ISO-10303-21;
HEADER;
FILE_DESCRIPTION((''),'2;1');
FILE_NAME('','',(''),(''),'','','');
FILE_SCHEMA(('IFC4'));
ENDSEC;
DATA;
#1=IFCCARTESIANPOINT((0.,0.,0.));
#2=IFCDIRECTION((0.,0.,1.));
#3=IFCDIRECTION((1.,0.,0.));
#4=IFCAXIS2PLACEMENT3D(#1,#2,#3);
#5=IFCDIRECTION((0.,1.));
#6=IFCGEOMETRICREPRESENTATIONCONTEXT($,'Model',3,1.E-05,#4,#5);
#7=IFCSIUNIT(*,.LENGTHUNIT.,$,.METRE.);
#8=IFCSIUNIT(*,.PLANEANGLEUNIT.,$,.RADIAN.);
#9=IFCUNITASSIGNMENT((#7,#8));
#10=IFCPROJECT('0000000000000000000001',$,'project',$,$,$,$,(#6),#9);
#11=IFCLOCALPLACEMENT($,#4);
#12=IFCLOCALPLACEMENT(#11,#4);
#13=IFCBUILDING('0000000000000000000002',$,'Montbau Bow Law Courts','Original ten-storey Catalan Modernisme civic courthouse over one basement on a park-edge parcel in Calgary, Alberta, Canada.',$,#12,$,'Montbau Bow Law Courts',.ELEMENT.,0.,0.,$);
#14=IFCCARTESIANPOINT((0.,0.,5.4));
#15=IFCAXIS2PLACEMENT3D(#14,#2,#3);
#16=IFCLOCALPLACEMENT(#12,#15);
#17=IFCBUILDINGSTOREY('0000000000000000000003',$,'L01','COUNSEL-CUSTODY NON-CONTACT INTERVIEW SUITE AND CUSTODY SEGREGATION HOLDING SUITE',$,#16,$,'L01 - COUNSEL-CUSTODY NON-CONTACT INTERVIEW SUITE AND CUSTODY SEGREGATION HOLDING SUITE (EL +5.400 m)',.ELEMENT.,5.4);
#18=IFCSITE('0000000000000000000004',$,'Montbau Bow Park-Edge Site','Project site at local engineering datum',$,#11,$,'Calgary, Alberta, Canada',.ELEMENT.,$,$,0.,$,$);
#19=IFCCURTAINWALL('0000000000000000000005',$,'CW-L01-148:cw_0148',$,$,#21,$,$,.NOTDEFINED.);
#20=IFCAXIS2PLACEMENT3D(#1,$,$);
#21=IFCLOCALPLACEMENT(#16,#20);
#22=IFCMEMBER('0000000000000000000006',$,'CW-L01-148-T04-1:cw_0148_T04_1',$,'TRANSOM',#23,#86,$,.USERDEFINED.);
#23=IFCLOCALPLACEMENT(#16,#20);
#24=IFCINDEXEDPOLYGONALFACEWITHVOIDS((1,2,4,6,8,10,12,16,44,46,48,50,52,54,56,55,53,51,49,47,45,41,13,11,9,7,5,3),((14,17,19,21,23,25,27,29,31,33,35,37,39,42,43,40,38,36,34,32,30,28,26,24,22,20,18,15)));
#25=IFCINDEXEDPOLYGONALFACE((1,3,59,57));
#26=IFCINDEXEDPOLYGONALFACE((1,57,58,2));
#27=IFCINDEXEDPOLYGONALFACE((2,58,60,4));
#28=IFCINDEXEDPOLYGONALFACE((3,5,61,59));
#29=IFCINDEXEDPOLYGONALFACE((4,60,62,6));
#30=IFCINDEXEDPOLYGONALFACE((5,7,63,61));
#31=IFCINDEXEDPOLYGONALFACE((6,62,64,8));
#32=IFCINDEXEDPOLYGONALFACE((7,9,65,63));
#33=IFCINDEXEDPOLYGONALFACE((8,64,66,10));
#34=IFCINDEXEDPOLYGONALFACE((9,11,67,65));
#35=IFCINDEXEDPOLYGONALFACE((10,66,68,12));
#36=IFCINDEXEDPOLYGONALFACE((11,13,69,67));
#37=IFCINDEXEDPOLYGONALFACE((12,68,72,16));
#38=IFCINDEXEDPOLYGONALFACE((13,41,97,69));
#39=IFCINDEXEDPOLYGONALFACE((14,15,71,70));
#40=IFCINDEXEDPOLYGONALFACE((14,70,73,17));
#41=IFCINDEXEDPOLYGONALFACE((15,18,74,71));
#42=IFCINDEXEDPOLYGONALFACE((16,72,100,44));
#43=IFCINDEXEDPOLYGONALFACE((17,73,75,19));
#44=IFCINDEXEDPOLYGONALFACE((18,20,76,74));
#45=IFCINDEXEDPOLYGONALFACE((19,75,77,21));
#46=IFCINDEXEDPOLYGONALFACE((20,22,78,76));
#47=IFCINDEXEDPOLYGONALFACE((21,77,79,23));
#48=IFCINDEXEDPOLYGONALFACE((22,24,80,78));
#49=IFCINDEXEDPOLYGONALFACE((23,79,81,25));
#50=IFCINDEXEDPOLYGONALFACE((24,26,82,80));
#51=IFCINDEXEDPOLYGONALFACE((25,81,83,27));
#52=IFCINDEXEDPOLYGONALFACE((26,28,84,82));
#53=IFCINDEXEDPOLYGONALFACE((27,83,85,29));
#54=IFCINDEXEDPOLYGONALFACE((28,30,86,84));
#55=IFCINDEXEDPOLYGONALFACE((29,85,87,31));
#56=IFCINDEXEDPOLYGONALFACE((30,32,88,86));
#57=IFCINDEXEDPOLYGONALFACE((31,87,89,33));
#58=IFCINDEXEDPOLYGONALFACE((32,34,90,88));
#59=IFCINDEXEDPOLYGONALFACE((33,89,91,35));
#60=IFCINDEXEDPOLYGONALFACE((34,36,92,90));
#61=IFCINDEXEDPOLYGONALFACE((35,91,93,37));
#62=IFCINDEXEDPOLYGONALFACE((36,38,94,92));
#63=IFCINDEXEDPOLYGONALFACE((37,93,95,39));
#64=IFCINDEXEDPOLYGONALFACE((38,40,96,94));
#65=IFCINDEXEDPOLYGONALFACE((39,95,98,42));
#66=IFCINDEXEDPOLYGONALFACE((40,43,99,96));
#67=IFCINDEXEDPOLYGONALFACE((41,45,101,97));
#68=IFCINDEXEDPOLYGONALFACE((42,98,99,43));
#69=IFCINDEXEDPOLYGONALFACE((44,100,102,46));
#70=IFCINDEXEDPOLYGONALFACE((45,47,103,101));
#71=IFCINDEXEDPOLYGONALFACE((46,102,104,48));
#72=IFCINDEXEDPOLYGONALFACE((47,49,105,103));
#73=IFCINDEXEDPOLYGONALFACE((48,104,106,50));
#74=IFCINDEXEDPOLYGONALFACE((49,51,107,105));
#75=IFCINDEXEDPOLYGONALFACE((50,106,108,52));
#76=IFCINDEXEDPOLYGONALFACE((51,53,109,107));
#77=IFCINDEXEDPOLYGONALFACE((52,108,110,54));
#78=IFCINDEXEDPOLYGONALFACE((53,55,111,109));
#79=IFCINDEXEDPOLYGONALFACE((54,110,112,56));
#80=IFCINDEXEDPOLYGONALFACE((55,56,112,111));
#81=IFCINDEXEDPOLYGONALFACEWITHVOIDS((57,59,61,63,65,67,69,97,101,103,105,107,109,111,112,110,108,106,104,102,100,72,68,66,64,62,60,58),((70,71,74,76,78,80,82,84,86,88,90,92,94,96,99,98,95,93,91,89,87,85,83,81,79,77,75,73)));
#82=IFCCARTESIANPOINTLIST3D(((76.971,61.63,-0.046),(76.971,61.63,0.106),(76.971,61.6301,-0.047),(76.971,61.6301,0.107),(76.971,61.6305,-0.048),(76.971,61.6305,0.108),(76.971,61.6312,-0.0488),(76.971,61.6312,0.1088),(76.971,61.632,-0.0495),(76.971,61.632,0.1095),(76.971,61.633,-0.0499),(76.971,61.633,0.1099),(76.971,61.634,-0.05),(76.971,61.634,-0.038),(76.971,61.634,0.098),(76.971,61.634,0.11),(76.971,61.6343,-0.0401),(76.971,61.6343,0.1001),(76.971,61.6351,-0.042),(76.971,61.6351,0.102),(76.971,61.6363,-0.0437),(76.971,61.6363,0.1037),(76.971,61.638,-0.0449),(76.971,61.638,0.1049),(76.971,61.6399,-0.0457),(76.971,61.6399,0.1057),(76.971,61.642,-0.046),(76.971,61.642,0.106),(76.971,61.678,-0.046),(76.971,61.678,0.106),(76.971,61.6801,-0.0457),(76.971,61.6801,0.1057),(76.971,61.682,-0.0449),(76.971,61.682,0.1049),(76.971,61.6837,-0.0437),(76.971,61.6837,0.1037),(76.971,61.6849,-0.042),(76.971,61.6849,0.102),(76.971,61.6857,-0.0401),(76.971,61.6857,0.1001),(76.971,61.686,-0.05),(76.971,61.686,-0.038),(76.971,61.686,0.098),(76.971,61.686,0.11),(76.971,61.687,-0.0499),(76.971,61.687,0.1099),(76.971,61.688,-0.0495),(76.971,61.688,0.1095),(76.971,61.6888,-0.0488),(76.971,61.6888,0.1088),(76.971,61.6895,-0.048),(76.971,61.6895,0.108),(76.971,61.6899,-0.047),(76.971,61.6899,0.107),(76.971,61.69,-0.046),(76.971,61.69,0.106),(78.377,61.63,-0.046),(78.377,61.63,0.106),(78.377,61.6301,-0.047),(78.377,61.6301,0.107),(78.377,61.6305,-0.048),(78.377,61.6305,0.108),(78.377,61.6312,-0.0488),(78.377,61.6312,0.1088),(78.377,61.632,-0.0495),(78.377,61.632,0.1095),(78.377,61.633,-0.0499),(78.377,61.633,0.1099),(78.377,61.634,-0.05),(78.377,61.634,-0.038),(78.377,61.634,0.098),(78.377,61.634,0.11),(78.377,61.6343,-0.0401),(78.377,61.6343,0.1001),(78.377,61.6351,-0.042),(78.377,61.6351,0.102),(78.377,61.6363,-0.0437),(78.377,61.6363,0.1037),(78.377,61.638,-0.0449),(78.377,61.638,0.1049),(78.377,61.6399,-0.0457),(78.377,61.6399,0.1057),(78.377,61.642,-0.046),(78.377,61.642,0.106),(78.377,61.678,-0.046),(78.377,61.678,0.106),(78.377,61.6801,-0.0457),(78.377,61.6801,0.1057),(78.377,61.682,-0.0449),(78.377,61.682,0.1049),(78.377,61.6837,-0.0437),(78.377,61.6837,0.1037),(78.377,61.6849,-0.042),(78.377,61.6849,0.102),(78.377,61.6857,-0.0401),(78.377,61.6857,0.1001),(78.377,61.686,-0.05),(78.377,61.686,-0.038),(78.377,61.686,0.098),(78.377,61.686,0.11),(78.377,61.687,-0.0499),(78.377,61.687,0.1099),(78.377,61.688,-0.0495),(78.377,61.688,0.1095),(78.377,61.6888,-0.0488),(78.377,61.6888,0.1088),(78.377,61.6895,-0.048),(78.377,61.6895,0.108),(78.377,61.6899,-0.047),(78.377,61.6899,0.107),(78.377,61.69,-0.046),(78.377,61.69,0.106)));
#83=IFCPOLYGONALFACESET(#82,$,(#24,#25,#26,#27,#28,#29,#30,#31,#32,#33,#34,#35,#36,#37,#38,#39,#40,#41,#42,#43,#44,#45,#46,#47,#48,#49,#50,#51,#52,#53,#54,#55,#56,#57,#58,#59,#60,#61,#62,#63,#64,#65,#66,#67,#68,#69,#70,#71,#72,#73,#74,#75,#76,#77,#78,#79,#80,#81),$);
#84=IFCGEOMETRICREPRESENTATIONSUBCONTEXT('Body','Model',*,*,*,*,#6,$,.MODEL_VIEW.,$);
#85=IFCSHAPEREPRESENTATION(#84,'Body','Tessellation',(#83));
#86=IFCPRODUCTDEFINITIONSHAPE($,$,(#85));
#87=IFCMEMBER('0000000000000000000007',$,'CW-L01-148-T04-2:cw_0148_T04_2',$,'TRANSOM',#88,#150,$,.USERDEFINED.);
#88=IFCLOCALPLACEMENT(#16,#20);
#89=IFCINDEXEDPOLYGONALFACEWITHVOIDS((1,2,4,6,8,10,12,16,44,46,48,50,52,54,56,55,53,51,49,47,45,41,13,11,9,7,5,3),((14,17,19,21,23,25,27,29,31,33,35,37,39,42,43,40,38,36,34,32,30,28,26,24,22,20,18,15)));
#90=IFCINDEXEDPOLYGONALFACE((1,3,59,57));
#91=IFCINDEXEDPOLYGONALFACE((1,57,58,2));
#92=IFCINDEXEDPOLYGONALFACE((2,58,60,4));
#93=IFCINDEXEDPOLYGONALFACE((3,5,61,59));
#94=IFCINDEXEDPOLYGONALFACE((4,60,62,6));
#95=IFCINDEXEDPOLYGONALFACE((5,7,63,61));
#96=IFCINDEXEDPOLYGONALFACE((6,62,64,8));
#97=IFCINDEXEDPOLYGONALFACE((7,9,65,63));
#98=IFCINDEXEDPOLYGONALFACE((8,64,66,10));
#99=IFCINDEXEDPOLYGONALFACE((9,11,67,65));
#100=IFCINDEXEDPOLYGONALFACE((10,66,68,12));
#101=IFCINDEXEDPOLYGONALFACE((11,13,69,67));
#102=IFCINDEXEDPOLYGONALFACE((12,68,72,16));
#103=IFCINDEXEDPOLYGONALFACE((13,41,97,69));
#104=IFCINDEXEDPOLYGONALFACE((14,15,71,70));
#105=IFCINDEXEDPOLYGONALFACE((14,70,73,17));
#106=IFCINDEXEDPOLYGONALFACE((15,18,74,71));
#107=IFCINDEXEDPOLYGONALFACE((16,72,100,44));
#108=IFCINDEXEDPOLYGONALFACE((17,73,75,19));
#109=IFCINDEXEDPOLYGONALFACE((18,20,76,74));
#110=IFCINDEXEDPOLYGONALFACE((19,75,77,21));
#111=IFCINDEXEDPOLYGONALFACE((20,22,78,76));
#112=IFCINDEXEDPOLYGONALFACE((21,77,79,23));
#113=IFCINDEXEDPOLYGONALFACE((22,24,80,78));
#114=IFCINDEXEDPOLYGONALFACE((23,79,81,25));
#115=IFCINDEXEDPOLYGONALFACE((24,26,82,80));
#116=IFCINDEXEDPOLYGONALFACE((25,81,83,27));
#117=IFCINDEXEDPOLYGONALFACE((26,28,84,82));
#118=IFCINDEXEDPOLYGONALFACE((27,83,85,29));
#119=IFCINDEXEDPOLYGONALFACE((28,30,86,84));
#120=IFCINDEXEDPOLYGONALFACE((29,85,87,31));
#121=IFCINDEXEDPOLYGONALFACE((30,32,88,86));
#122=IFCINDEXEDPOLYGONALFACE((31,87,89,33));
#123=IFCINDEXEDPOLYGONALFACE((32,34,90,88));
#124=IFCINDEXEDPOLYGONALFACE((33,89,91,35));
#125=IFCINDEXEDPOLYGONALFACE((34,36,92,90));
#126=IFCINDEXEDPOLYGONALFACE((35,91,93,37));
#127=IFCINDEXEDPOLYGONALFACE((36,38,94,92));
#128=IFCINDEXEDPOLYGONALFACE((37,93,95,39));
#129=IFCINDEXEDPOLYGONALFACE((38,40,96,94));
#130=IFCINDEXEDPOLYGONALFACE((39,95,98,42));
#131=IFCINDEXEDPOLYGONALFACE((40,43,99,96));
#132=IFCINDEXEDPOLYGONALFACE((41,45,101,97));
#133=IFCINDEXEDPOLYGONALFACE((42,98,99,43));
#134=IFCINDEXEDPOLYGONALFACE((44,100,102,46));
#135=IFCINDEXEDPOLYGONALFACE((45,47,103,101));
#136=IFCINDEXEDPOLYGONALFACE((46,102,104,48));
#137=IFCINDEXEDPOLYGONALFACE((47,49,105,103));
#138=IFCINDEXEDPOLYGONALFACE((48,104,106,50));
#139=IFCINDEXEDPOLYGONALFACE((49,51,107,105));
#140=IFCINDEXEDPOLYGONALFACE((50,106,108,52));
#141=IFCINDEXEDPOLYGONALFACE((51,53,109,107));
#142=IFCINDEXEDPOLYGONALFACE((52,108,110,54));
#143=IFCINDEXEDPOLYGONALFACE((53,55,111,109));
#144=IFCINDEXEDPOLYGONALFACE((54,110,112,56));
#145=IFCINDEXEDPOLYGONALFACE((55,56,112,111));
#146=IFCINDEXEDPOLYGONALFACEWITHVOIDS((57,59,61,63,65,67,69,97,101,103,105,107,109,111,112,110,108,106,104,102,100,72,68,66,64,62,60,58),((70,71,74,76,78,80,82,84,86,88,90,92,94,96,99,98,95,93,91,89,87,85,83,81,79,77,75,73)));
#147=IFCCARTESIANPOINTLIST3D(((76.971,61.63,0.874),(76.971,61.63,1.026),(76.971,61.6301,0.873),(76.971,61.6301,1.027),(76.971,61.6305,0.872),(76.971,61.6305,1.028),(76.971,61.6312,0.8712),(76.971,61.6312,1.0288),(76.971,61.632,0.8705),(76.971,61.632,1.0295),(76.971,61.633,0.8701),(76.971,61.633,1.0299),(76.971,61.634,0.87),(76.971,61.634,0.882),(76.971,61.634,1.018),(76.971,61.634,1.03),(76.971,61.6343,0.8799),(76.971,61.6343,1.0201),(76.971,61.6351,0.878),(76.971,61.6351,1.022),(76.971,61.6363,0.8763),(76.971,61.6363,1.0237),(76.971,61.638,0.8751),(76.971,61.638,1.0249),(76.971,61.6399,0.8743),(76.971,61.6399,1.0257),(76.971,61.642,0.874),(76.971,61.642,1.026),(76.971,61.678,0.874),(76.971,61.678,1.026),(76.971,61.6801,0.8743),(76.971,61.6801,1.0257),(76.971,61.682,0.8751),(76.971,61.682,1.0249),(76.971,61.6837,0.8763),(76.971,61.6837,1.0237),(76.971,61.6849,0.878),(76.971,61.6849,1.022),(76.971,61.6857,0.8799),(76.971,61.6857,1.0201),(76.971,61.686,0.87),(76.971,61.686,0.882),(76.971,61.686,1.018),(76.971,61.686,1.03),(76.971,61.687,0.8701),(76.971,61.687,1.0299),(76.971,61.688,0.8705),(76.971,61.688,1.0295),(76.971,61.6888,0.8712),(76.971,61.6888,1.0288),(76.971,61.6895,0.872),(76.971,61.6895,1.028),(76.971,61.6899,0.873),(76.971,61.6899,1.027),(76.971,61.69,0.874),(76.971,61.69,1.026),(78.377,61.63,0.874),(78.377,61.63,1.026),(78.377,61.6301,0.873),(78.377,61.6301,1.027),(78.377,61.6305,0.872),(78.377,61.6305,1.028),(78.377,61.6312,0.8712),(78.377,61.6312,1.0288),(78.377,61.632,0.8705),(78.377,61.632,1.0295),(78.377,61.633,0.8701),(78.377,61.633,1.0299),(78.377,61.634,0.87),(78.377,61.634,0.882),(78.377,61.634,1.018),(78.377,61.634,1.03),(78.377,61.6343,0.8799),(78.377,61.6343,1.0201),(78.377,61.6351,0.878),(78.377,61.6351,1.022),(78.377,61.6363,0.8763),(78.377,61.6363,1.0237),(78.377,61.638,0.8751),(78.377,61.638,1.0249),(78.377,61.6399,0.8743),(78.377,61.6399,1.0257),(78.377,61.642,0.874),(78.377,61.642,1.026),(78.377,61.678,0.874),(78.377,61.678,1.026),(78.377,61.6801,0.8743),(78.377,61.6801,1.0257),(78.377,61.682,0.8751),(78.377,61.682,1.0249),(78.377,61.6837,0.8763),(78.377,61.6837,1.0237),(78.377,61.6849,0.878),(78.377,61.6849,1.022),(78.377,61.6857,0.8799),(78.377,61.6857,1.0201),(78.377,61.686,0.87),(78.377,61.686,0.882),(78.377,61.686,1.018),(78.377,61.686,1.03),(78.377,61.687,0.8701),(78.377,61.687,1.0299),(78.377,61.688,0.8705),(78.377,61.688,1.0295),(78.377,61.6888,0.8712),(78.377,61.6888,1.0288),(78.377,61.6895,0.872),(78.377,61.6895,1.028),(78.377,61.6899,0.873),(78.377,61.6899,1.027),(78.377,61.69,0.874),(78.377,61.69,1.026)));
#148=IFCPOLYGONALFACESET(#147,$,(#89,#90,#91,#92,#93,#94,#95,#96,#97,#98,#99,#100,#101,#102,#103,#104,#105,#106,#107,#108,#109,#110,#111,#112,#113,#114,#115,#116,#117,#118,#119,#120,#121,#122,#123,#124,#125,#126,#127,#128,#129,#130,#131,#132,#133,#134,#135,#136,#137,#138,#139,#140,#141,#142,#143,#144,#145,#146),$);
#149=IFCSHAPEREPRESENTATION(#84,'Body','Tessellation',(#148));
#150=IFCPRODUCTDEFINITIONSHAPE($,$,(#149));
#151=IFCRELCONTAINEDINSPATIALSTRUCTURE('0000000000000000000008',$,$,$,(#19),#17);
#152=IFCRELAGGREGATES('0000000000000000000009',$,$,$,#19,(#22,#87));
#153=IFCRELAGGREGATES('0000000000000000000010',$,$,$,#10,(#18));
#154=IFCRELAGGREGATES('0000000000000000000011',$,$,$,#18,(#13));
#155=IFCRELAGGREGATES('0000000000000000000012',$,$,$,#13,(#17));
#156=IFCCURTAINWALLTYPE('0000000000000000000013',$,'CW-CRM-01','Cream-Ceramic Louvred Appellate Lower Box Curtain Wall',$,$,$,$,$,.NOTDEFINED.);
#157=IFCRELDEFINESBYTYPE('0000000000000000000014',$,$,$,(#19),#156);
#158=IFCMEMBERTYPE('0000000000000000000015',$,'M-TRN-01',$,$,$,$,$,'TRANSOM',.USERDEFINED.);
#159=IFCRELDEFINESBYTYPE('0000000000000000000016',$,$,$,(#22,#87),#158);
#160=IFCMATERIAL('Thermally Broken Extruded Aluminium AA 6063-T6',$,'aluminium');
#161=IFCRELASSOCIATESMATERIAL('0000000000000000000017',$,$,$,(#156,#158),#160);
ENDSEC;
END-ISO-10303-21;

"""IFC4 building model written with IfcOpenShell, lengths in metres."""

from ifc_helpers import new_model, si_unit, direction, frame, origin_with_axes, origin_2d_with_axis, place, context, subcontext, project, spatial, hollow_rectangle, extrude, material, material_profile, profile_set, type_object, element, aggregate, save


model = new_model("IFC4")

# Units and contexts
model_context = context("Model", 3, precision=1e-05, world=origin_with_axes(), true_north=direction((0.0, 1.0)))
body_context = subcontext(model_context, "Body", "Model", "MODEL_VIEW")
ifc_project = project(units=[si_unit("LENGTHUNIT", "METRE"), si_unit("PLANEANGLEUNIT", "RADIAN")], contexts=[model_context])

# Site, building, storey
site_placement = place(None, origin_with_axes())
site = spatial("IfcSite", under=ifc_project, at=site_placement, Name="Montbau Bow Park-Edge Site", Description="Project site at local engineering datum", LongName="Calgary, Alberta, Canada", CompositionType="ELEMENT", RefElevation=0.0)
building_placement = place(site_placement, origin_with_axes())
building = spatial("IfcBuilding", under=site, at=building_placement, Name="Montbau Bow Law Courts", Description="Original ten-storey Catalan Modernisme civic courthouse over one basement on a park-edge parcel in Calgary, Alberta, Canada.", LongName="Montbau Bow Law Courts", CompositionType="ELEMENT", ElevationOfRefHeight=0.0, ElevationOfTerrain=0.0)
storey_placement = place(building_placement, frame((0.0, 0.0, 5.4), z_axis=(0.0, 0.0, 1.0), x_axis=(1.0, 0.0, 0.0)))
storey = spatial("IfcBuildingStorey", under=building, at=storey_placement, Name="L01", Description="COUNSEL-CUSTODY NON-CONTACT INTERVIEW SUITE AND CUSTODY SEGREGATION HOLDING SUITE", LongName="L01 - COUNSEL-CUSTODY NON-CONTACT INTERVIEW SUITE AND CUSTODY SEGREGATION HOLDING SUITE (EL +5.400 m)", CompositionType="ELEMENT", Elevation=5.4)

# Curtain wall, members
ifc_material_1 = material(Name="Thermally Broken Extruded Aluminium AA 6063-T6", Category="aluminium")
curtain_wall_type = type_object("IfcCurtainWallType", Name="CW-CRM-01", Description="Cream-Ceramic Louvred Appellate Lower Box Curtain Wall", PredefinedType="NOTDEFINED", material=ifc_material_1)
curtain_wall_placement = place(None, frame((72.515, 61.66, 5.4), z_axis=(0.0, 0.0, 1.0), x_axis=(1.0, 0.0, 0.0)))
curtain_wall = element("IfcCurtainWall", 1, at=curtain_wall_placement, inside=storey, type_object=curtain_wall_type, Name="CW-L01-148:cw_0148", PredefinedType="NOTDEFINED")
ifc_material_profile_1 = material_profile(ifc_material_1, hollow_rectangle(XDim=0.06, YDim=0.16, WallThickness=0.004, InnerFilletRadius=0.008, OuterFilletRadius=0.004, at=origin_2d_with_axis()), Name="CWT-160X60", Category="Main", Priority=0)
ifc_profile_set_1 = profile_set([ifc_material_profile_1], Name="Thermally Broken Extruded Aluminium AA 6063-T6")
member_type_1 = type_object("IfcMemberType", Name="M-TRN-01", ElementType="TRANSOM", PredefinedType="USERDEFINED", material=ifc_profile_set_1)
member_1_placement = place(None, frame((76.971, 61.66, 5.43), z_axis=(1.0, 0.0, 0.0), x_axis=(0.0, 1.0, 0.0)))
member_1 = element("IfcMember", 2, at=member_1_placement, type_object=member_type_1, Name="CW-L01-148-T04-1:cw_0148_T04_1", ObjectType="TRANSOM", PredefinedType="USERDEFINED", context=body_context, shape_type="SweptSolid", body=[
    extrude(hollow_rectangle(XDim=0.06, YDim=0.16, WallThickness=0.004, InnerFilletRadius=0.008, OuterFilletRadius=0.004, at=origin_2d_with_axis()), origin_with_axes(), (0.0, 0.0, 1.0), 1.406),
])
member_2_placement = place(None, frame((76.971, 61.66, 6.35), z_axis=(1.0, 0.0, 0.0), x_axis=(0.0, 1.0, 0.0)))
member_2 = element("IfcMember", 3, at=member_2_placement, type_object=member_type_1, Name="CW-L01-148-T04-2:cw_0148_T04_2", ObjectType="TRANSOM", PredefinedType="USERDEFINED", context=body_context, shape_type="SweptSolid", body=[
    extrude(hollow_rectangle(XDim=0.06, YDim=0.16, WallThickness=0.004, InnerFilletRadius=0.008, OuterFilletRadius=0.004, at=origin_2d_with_axis()), origin_with_axes(), (0.0, 0.0, 1.0), 1.406),
])
aggregate(curtain_wall, [member_1, member_2])

save(model, "model.ifc")
